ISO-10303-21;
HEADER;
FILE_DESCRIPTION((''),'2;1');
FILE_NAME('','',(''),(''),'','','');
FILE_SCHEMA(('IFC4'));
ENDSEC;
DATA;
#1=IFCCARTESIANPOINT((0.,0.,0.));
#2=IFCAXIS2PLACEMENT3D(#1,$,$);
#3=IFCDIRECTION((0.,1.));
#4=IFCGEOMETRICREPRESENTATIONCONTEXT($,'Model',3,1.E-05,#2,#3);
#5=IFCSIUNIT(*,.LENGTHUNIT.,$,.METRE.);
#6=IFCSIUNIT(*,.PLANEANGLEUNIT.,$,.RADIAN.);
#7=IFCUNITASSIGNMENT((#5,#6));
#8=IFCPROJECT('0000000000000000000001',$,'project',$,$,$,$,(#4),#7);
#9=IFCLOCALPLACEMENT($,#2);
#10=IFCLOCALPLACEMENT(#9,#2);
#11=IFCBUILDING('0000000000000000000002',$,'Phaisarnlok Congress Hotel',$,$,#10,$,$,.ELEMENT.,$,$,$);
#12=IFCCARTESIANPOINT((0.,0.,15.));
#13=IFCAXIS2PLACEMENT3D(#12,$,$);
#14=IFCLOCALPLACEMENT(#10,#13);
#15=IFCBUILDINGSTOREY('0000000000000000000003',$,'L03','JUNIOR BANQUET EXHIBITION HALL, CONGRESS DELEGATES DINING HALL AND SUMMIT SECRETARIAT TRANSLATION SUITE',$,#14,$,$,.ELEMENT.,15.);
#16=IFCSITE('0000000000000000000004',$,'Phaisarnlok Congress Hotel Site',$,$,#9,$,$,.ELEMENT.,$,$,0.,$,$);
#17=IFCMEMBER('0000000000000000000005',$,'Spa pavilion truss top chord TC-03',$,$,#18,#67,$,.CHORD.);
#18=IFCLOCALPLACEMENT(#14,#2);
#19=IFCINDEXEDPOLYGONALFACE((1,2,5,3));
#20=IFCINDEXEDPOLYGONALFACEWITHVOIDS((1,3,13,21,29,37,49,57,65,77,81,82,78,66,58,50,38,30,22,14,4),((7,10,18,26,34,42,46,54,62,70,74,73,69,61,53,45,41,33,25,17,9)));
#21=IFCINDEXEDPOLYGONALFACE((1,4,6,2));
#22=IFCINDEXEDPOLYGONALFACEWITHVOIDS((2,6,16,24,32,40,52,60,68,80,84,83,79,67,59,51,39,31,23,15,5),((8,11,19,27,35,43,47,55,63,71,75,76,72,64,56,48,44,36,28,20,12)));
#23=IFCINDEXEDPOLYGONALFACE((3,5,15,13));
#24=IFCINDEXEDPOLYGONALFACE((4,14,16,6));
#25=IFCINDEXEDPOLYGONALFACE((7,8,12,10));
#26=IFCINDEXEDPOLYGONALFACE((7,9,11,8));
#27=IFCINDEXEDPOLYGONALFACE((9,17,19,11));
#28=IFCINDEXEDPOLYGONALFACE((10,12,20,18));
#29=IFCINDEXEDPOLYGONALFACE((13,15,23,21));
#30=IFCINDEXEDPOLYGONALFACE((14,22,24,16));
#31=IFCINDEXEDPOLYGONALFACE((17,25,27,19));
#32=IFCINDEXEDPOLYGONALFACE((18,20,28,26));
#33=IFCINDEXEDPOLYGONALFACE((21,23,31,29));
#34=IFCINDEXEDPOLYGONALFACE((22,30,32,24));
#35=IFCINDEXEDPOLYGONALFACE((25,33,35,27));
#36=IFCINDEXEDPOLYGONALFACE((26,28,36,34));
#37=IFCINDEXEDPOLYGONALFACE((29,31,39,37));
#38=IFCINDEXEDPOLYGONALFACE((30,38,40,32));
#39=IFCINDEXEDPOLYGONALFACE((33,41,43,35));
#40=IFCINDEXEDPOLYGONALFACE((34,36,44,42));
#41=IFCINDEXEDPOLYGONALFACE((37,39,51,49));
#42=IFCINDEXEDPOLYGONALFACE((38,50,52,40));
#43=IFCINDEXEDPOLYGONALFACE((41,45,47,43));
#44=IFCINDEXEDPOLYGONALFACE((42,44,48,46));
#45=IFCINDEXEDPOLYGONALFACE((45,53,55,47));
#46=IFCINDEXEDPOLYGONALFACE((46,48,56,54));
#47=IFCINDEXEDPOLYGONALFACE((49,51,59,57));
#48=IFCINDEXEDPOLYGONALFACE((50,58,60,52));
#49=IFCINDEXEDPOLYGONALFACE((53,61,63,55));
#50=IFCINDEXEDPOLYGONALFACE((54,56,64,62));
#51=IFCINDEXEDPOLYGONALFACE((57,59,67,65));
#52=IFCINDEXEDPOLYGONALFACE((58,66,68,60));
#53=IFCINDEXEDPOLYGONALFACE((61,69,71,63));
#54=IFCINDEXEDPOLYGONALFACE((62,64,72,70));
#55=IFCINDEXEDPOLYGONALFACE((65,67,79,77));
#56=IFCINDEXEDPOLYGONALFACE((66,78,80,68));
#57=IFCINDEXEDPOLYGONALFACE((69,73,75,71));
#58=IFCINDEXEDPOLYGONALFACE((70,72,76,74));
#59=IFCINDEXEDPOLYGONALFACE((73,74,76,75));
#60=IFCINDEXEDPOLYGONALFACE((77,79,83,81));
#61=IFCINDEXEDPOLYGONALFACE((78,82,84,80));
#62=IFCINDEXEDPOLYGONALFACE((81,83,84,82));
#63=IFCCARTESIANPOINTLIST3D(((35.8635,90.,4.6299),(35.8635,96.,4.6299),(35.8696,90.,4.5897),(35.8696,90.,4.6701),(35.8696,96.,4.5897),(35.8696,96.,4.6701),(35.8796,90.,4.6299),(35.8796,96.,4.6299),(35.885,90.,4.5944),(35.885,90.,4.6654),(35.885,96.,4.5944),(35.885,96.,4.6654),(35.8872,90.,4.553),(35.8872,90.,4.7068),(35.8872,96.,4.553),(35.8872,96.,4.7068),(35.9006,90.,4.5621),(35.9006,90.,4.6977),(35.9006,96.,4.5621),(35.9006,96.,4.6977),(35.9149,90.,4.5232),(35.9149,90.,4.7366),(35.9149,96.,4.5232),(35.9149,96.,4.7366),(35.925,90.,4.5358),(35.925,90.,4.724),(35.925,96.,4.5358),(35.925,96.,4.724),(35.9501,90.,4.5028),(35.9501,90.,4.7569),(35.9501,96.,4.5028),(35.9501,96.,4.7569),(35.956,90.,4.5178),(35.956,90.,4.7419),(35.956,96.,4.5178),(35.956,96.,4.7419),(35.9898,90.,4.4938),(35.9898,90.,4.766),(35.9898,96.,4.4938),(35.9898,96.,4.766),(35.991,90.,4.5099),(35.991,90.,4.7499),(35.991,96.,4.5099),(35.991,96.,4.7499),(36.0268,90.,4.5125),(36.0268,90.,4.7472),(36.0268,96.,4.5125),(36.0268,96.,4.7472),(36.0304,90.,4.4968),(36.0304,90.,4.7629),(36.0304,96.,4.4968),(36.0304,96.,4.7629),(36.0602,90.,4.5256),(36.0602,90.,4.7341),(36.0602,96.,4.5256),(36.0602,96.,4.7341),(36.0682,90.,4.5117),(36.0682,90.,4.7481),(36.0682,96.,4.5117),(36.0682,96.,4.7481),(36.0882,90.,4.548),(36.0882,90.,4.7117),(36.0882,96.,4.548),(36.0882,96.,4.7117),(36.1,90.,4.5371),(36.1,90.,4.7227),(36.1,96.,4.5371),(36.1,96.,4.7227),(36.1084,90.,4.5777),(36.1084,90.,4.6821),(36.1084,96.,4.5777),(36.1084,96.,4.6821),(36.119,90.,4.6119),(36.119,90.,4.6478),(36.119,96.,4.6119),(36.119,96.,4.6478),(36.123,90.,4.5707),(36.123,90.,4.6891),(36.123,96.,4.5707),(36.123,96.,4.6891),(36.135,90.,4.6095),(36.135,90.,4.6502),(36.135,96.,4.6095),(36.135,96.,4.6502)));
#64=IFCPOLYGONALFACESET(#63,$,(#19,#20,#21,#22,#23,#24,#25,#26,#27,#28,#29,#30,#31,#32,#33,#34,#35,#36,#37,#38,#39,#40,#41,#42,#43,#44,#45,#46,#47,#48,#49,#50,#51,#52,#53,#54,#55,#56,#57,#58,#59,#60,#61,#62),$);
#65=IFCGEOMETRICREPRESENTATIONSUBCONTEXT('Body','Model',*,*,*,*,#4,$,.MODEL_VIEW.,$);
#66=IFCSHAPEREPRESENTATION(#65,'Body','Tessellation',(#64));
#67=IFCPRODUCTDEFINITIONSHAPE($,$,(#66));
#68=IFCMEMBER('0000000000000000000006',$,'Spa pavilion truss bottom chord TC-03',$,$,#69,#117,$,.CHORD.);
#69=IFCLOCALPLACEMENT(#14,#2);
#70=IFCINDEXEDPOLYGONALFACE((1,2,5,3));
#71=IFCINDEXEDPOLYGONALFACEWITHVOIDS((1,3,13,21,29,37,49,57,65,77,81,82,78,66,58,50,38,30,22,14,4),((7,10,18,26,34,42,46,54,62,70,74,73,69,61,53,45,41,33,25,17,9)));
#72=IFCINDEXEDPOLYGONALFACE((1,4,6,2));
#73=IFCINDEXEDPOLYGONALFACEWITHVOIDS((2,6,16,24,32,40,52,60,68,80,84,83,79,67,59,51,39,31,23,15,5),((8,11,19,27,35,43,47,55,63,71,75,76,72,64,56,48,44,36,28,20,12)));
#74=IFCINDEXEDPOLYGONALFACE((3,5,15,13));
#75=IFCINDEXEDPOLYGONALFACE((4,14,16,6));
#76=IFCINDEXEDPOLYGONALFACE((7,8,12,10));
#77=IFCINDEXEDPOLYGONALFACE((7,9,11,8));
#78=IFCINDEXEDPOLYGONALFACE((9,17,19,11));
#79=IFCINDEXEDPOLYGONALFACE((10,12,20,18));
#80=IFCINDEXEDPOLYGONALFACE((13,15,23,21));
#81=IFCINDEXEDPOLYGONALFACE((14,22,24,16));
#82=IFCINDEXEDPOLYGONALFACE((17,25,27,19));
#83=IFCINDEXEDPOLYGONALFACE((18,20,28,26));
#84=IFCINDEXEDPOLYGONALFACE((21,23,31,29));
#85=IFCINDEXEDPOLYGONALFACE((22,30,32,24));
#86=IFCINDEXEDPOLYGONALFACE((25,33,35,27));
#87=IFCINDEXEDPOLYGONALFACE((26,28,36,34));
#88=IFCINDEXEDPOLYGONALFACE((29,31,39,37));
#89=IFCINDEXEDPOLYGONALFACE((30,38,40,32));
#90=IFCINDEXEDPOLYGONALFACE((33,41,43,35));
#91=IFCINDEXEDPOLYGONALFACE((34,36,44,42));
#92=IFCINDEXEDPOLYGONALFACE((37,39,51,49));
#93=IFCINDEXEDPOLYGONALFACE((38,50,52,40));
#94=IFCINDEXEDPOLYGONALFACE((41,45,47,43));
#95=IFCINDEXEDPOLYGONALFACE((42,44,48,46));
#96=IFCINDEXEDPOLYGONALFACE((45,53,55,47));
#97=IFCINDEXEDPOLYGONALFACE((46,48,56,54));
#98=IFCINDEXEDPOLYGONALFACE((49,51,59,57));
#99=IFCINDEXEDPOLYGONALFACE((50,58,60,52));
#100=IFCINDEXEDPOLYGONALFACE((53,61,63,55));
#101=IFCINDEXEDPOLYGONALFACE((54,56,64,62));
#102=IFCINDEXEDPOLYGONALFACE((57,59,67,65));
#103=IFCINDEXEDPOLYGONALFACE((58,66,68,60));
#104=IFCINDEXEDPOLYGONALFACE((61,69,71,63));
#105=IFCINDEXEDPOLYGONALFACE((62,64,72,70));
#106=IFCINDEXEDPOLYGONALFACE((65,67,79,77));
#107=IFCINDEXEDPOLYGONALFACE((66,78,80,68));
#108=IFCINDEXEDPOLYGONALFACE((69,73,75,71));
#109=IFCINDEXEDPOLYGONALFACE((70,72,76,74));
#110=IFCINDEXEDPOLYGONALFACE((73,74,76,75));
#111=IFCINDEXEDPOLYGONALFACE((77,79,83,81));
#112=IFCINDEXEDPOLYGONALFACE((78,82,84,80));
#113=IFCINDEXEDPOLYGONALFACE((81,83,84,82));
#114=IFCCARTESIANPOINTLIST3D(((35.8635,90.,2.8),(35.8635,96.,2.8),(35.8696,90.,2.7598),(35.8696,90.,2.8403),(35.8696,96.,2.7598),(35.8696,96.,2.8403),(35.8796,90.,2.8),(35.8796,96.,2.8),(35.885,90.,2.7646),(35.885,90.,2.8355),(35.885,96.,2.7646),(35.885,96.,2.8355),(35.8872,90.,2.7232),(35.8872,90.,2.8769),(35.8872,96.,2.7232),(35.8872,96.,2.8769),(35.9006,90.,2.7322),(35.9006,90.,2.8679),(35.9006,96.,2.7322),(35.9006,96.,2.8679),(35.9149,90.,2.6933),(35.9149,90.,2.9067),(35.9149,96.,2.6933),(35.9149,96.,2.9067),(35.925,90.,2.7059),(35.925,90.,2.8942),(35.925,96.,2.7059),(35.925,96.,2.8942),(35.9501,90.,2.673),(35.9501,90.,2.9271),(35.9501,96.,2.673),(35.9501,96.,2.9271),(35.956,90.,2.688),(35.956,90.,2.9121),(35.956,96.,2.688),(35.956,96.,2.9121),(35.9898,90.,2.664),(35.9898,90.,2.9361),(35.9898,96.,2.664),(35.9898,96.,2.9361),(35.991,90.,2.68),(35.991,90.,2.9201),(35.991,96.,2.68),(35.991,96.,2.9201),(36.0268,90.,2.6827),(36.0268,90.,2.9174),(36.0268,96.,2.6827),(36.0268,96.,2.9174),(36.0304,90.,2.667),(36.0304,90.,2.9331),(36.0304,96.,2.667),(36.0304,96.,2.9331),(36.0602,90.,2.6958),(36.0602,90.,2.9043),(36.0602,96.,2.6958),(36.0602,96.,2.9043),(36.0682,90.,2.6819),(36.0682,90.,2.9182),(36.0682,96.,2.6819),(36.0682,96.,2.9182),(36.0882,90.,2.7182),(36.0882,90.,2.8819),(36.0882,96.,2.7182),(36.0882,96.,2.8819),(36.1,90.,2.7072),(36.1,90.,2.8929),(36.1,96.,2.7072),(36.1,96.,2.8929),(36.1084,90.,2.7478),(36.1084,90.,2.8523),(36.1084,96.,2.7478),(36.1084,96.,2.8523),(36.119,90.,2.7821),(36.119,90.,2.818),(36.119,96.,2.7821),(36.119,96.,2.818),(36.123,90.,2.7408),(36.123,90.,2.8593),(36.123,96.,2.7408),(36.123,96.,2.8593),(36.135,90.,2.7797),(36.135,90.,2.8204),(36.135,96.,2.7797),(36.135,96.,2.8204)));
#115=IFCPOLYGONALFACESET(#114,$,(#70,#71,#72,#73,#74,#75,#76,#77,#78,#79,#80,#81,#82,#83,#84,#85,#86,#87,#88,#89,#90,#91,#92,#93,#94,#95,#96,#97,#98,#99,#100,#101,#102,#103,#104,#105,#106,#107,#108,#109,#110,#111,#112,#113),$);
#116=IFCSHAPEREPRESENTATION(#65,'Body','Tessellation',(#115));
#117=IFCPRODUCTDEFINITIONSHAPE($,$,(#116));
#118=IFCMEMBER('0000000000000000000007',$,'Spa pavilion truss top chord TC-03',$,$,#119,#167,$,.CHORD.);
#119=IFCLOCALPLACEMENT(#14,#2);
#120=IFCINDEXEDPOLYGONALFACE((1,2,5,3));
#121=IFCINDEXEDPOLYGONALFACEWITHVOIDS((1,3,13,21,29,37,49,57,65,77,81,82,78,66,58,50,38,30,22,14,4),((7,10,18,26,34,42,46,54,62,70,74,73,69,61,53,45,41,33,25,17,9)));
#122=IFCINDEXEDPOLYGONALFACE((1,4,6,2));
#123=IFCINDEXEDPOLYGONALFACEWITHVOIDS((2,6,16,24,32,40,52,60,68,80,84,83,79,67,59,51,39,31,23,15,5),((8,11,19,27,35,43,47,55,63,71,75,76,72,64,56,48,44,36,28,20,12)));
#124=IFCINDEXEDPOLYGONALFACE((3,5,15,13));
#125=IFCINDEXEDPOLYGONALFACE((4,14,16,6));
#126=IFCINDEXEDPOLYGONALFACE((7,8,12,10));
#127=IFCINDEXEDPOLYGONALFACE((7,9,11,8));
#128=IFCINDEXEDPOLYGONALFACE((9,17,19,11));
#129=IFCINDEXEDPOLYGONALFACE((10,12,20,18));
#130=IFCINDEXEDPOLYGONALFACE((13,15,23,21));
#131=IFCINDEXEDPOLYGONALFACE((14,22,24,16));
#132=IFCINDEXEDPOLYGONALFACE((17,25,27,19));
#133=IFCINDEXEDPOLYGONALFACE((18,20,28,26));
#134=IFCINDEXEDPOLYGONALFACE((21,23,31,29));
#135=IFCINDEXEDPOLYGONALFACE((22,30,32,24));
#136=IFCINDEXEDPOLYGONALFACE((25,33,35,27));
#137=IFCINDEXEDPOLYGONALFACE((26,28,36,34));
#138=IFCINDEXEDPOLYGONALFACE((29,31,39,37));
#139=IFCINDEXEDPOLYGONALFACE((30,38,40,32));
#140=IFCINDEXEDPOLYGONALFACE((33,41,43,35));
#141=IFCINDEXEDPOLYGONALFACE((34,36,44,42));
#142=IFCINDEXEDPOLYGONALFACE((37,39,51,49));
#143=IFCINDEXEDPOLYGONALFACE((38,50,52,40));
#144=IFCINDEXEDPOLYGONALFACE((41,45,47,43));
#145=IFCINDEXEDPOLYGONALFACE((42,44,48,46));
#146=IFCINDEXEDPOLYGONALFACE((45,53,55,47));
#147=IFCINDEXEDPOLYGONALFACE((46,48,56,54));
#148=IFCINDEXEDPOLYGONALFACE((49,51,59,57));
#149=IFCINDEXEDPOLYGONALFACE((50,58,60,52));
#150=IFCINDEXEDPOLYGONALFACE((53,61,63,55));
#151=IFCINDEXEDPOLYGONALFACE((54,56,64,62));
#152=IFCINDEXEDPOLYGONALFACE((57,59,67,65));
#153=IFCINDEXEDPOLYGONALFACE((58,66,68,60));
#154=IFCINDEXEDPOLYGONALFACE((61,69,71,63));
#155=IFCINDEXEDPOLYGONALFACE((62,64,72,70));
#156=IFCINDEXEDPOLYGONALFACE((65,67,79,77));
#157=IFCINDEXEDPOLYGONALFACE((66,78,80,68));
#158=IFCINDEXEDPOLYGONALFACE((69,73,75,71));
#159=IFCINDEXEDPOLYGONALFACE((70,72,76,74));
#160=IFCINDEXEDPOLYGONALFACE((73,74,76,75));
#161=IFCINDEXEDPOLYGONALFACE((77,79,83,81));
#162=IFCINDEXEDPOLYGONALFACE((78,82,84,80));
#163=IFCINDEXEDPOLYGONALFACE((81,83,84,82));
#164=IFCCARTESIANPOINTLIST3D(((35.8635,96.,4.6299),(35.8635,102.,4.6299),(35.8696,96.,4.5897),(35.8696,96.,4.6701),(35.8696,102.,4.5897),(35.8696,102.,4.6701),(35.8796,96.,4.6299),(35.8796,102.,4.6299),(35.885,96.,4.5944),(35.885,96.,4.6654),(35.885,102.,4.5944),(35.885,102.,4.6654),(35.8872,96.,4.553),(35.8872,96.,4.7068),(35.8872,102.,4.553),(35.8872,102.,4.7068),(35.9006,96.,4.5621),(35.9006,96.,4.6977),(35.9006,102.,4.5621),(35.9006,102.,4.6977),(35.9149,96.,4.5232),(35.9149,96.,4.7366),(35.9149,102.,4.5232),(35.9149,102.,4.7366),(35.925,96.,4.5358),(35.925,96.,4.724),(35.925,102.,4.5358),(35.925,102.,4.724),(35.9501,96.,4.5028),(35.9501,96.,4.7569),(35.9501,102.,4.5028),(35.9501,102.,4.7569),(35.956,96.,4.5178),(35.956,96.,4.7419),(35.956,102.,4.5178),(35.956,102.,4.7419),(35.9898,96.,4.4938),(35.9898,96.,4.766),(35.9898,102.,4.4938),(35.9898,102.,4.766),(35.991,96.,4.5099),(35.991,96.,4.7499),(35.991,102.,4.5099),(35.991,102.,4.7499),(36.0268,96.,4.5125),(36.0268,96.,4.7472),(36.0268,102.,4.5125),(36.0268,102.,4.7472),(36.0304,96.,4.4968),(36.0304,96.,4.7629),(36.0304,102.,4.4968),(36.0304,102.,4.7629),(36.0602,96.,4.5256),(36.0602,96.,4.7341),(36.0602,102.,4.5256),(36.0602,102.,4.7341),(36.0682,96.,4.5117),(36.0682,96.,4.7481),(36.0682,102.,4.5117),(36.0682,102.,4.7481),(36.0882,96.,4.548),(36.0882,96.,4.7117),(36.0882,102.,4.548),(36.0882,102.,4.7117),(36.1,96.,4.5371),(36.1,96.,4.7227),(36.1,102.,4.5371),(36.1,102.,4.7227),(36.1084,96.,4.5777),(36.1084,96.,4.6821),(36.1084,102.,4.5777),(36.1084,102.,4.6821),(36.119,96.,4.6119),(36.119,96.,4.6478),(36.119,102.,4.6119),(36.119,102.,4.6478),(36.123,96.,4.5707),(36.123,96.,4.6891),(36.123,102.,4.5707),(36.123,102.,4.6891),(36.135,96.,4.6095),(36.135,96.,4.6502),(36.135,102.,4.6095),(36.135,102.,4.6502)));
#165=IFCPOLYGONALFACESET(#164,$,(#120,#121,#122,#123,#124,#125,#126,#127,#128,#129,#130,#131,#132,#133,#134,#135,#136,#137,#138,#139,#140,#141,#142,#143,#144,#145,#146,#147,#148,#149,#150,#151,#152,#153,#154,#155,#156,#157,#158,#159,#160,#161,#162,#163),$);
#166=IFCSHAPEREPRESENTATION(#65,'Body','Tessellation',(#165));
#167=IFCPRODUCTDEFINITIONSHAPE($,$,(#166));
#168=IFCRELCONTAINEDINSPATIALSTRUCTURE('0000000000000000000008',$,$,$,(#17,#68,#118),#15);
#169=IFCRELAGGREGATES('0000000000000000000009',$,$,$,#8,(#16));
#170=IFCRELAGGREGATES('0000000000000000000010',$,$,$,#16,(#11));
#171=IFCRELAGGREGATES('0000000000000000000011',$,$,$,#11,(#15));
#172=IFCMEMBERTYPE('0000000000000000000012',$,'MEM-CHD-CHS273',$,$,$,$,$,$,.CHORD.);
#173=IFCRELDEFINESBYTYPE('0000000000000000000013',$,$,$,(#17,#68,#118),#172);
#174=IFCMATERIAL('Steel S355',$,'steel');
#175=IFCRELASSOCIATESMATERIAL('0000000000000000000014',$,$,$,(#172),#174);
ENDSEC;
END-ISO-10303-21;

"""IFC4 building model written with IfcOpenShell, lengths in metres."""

from ifc_helpers import new_model, si_unit, direction, frame, origin, origin_2d, place, context, subcontext, project, spatial, hollow_circle, extrude, material, material_profile, profile_set, type_object, element, save


model = new_model("IFC4")

# Units and contexts
model_context = context("Model", 3, precision=1e-05, world=origin(), true_north=direction((0.0, 1.0)))
body_context = subcontext(model_context, "Body", "Model", "MODEL_VIEW")
ifc_project = project(units=[si_unit("LENGTHUNIT", "METRE"), si_unit("PLANEANGLEUNIT", "RADIAN")], contexts=[model_context])

# Site, building, storey
site_placement = place(None, origin())
site = spatial("IfcSite", under=ifc_project, at=site_placement, Name="Phaisarnlok Congress Hotel Site", CompositionType="ELEMENT", RefElevation=0.0)
building_placement = place(site_placement, origin())
building = spatial("IfcBuilding", under=site, at=building_placement, Name="Phaisarnlok Congress Hotel", CompositionType="ELEMENT")
storey_placement = place(building_placement, frame((0.0, 0.0, 15.0)))
storey = spatial("IfcBuildingStorey", under=building, at=storey_placement, Name="L03", Description="JUNIOR BANQUET EXHIBITION HALL, CONGRESS DELEGATES DINING HALL AND SUMMIT SECRETARIAT TRANSLATION SUITE", CompositionType="ELEMENT", Elevation=15.0)

# Members
ifc_material = material(Name="Steel S355", Category="steel")
ifc_material_profile_1 = material_profile(ifc_material, hollow_circle(Radius=0.1365, WallThickness=0.0161, at=origin_2d()), Name="CHS 273x16")
ifc_profile_set_1 = profile_set([ifc_material_profile_1], Name="Steel S355")
member_type_1 = type_object("IfcMemberType", Name="MEM-CHD-CHS273", PredefinedType="CHORD", material=ifc_profile_set_1)
for number, where, z_axis, x_axis, name in (
    (1, (36.0, 90.0, 4.6299), (0.0, 1.0, 0.0), (-1.0, 0.0, 0.0), "Spa pavilion truss top chord TC-03"),
    (2, (36.0, 90.0, 2.8), (0.0, 1.0, 0.0), (-1.0, 0.0, 0.0), "Spa pavilion truss bottom chord TC-03"),
    (3, (36.0, 96.0, 4.6299), (0.0, 1.0, 0.0), (-1.0, 0.0, 0.0), "Spa pavilion truss top chord TC-03"),
):
    element("IfcMember", number, at=place(storey_placement, frame(where, z_axis=z_axis, x_axis=x_axis)), inside=storey, type_object=member_type_1, Name=name, PredefinedType="CHORD", context=body_context, shape_type="SweptSolid", body=[
        extrude(hollow_circle(Radius=0.1365, WallThickness=0.0161, at=origin_2d()), origin(), (0.0, 0.0, 1.0), 6.0),
    ])

save(model, "model.ifc")
